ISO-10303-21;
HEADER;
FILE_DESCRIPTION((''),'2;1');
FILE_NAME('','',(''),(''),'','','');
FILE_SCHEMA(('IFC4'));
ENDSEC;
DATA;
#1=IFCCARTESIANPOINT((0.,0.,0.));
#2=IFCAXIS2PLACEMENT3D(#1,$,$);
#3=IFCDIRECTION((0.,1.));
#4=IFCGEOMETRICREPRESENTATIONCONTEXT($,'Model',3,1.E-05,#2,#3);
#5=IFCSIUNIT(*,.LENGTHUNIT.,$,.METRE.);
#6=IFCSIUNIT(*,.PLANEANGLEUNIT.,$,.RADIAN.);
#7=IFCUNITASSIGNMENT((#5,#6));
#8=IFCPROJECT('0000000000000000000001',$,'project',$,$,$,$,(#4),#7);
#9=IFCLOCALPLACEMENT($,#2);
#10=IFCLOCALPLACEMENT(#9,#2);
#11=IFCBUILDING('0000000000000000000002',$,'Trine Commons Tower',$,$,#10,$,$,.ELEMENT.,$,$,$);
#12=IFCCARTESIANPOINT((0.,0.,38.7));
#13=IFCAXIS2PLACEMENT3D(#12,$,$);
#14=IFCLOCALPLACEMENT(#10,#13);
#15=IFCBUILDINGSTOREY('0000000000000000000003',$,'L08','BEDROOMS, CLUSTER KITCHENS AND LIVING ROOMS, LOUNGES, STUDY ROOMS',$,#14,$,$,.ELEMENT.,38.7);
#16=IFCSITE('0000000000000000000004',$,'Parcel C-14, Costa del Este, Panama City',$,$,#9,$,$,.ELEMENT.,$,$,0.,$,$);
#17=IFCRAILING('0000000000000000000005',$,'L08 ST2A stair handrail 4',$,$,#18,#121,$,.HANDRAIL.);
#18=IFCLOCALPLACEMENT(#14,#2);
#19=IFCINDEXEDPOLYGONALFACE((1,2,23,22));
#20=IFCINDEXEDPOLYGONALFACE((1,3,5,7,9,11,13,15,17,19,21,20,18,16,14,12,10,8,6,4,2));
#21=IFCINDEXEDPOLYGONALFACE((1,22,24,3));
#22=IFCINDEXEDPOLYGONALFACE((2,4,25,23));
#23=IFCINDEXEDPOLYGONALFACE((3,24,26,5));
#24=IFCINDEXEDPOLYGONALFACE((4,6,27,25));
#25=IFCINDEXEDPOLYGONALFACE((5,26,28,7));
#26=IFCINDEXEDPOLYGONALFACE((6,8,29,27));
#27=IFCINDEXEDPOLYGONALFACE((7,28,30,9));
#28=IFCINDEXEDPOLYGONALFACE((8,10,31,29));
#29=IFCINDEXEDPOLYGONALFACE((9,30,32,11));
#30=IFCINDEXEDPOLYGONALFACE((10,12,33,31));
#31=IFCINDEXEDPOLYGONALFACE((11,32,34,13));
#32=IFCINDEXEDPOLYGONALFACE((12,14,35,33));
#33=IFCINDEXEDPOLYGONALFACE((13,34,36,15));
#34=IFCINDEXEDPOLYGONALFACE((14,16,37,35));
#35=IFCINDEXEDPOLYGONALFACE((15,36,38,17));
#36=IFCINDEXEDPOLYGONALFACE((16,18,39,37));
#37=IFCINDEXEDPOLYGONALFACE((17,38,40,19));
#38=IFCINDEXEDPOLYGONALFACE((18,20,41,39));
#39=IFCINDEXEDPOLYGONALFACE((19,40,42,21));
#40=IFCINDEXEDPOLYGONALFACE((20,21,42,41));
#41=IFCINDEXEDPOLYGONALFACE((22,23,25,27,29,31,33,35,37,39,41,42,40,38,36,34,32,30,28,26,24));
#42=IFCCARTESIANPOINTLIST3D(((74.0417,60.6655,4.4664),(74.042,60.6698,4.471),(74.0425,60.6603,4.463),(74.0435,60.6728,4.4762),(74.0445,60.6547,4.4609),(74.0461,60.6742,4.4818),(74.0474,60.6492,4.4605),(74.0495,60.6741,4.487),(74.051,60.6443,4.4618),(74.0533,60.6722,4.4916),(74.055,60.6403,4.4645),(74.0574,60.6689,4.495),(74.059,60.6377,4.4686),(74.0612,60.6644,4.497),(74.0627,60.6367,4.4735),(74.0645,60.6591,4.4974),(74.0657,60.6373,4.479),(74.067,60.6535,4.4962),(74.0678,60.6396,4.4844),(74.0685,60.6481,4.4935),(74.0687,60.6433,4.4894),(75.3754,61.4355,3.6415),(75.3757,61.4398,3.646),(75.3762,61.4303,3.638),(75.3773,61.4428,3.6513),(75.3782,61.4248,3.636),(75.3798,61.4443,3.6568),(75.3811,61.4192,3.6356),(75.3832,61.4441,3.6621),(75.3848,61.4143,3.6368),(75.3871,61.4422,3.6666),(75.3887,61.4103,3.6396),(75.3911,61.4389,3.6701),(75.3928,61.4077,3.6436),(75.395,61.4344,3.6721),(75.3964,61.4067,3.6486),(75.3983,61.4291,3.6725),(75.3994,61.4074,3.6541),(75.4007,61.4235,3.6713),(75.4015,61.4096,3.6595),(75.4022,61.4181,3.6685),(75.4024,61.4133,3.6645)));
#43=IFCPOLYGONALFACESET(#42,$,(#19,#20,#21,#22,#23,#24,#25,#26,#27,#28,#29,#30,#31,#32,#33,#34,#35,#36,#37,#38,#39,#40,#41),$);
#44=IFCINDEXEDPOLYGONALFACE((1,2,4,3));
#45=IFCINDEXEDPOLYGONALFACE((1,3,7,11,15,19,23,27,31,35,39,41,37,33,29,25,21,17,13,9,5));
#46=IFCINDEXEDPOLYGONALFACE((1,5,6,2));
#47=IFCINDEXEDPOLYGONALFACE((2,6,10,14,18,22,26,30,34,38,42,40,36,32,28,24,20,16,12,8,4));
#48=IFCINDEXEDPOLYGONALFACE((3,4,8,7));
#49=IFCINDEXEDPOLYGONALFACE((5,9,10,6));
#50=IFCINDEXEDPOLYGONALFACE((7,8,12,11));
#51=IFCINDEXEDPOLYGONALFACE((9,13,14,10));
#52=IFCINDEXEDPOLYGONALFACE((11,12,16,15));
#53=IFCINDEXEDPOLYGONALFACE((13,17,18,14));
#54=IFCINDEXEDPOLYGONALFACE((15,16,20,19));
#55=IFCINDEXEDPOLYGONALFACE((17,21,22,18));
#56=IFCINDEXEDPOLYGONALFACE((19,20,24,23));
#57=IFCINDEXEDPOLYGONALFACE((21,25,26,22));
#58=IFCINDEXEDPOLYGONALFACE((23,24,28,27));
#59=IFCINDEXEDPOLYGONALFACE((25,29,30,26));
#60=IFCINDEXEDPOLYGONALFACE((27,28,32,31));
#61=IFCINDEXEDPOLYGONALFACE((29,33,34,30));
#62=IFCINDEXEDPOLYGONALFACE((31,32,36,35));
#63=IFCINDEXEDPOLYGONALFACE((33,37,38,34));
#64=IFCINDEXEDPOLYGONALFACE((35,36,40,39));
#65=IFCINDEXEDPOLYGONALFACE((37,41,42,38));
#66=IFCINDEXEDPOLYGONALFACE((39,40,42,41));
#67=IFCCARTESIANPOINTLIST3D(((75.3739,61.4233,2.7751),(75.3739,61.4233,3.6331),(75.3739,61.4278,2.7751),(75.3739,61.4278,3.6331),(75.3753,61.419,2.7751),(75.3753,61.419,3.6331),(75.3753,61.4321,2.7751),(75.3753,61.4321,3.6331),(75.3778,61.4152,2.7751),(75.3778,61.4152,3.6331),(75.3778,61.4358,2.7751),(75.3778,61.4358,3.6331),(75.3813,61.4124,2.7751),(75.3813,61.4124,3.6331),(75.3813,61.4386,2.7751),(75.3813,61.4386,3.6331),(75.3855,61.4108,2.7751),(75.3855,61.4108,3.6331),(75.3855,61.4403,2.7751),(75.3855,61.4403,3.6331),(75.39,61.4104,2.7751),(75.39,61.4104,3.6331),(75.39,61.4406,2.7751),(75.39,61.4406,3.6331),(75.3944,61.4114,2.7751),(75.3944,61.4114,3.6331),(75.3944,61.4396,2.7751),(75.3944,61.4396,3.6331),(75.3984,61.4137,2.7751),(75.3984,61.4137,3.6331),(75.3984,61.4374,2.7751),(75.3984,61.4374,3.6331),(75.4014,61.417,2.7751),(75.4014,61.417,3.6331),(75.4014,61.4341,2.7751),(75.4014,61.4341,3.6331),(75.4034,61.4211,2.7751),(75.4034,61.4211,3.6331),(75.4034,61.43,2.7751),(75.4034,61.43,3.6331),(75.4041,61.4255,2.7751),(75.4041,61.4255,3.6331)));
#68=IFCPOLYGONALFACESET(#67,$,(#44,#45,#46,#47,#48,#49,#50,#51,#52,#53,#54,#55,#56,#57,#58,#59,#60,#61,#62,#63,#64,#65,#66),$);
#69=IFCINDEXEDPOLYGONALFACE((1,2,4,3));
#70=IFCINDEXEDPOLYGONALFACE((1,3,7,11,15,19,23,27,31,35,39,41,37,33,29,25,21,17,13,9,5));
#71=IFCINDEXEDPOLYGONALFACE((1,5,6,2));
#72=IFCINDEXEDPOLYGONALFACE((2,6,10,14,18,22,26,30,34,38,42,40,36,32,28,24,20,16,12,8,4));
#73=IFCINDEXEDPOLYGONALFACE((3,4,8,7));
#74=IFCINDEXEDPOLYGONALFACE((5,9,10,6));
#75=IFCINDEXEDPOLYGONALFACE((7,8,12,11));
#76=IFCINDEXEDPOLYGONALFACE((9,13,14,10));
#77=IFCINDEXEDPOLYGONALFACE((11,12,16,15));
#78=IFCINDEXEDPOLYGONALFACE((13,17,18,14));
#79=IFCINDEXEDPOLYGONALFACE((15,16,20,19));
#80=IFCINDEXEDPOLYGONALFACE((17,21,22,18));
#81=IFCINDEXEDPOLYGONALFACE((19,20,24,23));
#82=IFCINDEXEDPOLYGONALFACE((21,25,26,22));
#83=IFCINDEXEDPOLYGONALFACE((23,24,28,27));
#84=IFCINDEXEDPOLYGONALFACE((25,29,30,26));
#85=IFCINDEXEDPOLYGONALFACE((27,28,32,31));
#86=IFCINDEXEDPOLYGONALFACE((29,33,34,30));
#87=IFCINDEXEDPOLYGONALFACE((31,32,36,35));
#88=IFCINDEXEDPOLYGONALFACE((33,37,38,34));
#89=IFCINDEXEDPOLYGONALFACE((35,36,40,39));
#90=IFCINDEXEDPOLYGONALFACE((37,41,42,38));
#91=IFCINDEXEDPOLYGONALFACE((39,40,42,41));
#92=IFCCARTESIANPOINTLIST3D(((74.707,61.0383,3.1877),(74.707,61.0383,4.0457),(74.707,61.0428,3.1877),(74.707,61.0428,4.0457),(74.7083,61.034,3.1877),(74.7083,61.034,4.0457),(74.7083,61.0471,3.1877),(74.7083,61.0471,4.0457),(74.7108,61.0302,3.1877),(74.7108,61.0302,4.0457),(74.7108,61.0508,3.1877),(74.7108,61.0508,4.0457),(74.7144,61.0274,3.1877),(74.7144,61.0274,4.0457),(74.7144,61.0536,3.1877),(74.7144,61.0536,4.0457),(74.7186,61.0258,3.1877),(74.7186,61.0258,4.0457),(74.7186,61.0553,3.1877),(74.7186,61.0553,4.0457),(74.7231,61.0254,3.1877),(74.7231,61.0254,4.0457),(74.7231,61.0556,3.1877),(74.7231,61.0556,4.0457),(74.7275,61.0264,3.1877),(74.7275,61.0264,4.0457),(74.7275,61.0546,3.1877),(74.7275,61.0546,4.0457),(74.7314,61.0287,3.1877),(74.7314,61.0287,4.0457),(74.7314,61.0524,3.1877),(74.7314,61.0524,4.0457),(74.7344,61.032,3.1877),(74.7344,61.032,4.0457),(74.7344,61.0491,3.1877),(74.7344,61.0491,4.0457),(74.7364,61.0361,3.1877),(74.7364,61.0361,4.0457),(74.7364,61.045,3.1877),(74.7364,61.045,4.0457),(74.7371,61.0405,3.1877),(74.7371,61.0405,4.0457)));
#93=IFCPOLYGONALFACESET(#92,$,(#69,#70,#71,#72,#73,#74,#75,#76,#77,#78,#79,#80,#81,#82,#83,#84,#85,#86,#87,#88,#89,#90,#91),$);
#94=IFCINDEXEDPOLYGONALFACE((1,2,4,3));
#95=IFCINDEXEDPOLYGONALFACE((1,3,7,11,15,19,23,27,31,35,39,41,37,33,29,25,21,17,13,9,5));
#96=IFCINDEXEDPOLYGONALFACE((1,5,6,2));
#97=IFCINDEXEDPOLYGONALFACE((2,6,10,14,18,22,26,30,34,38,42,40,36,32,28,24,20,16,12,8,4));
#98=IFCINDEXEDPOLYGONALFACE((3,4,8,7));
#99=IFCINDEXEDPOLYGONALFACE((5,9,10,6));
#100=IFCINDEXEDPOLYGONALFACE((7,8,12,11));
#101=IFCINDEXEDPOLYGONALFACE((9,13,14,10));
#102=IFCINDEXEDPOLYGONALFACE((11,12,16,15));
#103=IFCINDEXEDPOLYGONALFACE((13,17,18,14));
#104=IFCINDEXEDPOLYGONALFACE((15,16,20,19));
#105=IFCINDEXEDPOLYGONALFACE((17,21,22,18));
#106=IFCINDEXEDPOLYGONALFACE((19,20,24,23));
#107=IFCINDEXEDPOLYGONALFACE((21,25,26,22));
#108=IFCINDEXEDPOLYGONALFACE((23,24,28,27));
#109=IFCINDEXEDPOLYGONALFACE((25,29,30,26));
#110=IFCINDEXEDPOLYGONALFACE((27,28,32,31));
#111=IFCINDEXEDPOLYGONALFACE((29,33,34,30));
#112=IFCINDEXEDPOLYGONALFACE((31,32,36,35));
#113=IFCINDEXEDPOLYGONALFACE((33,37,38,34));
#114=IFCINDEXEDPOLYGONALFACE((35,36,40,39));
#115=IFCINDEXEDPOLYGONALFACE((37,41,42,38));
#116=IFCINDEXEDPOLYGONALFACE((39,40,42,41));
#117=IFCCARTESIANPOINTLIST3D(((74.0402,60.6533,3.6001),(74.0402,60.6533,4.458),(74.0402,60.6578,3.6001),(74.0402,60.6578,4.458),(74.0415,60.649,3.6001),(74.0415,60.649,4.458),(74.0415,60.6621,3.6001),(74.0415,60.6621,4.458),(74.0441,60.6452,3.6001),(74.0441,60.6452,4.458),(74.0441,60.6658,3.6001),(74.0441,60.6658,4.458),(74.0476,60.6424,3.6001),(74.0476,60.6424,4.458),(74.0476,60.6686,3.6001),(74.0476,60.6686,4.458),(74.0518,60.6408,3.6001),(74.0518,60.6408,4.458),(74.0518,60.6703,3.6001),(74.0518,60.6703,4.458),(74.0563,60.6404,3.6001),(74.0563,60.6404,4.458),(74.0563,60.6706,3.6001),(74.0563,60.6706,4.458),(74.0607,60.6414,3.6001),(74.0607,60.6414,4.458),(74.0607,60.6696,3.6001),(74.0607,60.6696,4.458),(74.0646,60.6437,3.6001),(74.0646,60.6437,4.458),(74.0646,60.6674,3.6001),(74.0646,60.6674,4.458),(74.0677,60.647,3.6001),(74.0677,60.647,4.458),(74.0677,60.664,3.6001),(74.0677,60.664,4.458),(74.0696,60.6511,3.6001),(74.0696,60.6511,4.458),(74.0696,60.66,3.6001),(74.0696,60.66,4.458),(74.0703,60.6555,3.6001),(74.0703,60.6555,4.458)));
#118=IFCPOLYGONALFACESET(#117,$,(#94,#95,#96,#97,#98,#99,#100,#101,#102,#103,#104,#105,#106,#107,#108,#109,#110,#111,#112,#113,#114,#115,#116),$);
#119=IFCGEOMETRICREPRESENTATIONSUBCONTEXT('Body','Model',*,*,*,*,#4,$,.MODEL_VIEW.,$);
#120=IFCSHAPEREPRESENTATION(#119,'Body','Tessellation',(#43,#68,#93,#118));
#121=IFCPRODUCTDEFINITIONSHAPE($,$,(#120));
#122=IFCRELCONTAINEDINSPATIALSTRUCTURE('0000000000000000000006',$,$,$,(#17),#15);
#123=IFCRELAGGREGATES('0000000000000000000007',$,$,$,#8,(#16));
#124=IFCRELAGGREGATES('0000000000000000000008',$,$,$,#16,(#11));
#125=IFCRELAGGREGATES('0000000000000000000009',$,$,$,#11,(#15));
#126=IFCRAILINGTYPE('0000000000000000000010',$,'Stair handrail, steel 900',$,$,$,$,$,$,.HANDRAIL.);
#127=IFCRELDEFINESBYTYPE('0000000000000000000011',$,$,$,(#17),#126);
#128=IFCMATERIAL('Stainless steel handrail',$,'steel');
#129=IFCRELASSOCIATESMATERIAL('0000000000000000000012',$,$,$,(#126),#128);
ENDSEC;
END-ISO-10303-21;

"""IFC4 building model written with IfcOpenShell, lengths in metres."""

from ifc_helpers import new_model, si_unit, direction, frame, origin, origin_2d, place, context, subcontext, project, spatial, circle, extrude, material, type_object, element, save


model = new_model("IFC4")

# Units and contexts
model_context = context("Model", 3, precision=1e-05, world=origin(), true_north=direction((0.0, 1.0)))
body_context = subcontext(model_context, "Body", "Model", "MODEL_VIEW")
ifc_project = project(units=[si_unit("LENGTHUNIT", "METRE"), si_unit("PLANEANGLEUNIT", "RADIAN")], contexts=[model_context])

# Site, building, storey
site_placement = place(None, origin())
site = spatial("IfcSite", under=ifc_project, at=site_placement, Name="Parcel C-14, Costa del Este, Panama City", CompositionType="ELEMENT", RefElevation=0.0)
building_placement = place(site_placement, origin())
building = spatial("IfcBuilding", under=site, at=building_placement, Name="Trine Commons Tower", CompositionType="ELEMENT")
storey_placement = place(building_placement, frame((0.0, 0.0, 38.7)))
storey = spatial("IfcBuildingStorey", under=building, at=storey_placement, Name="L08", Description="BEDROOMS, CLUSTER KITCHENS AND LIVING ROOMS, LOUNGES, STUDY ROOMS", CompositionType="ELEMENT", Elevation=38.7)

# Railing
ifc_material_1 = material(Name="Stainless steel handrail", Category="steel")
railing_type_1 = type_object("IfcRailingType", Name="Stair handrail, steel 900", PredefinedType="HANDRAIL", material=ifc_material_1)
railing_1_placement = place(storey_placement, frame((75.3889, 61.4255, 2.7751)))
element("IfcRailing", 1, at=railing_1_placement, inside=storey, type_object=railing_type_1, Name="L08 ST2A stair handrail 4", PredefinedType="HANDRAIL", context=body_context, shape_type="SweptSolid", body=[
    extrude(circle(Radius=0.021, at=origin_2d()), frame((0.0, 0.0, 0.8789), z_axis=(-0.763405, -0.440743, 0.472185), x_axis=(0.499992, -0.86603, 0.0)), (0.0, 0.0, 1.0), 1.7471),
    extrude(circle(Radius=0.0151, at=origin_2d()), origin(), (0.0, 0.0, 1.0), 0.8579),
    extrude(circle(Radius=0.0151, at=origin_2d()), frame((-0.667, -0.385, 0.4126)), (0.0, 0.0, 1.0), 0.8579),
    extrude(circle(Radius=0.0151, at=origin_2d()), frame((-1.3337, -0.77, 0.825)), (0.0, 0.0, 1.0), 0.8579),
])

save(model, "model.ifc")
